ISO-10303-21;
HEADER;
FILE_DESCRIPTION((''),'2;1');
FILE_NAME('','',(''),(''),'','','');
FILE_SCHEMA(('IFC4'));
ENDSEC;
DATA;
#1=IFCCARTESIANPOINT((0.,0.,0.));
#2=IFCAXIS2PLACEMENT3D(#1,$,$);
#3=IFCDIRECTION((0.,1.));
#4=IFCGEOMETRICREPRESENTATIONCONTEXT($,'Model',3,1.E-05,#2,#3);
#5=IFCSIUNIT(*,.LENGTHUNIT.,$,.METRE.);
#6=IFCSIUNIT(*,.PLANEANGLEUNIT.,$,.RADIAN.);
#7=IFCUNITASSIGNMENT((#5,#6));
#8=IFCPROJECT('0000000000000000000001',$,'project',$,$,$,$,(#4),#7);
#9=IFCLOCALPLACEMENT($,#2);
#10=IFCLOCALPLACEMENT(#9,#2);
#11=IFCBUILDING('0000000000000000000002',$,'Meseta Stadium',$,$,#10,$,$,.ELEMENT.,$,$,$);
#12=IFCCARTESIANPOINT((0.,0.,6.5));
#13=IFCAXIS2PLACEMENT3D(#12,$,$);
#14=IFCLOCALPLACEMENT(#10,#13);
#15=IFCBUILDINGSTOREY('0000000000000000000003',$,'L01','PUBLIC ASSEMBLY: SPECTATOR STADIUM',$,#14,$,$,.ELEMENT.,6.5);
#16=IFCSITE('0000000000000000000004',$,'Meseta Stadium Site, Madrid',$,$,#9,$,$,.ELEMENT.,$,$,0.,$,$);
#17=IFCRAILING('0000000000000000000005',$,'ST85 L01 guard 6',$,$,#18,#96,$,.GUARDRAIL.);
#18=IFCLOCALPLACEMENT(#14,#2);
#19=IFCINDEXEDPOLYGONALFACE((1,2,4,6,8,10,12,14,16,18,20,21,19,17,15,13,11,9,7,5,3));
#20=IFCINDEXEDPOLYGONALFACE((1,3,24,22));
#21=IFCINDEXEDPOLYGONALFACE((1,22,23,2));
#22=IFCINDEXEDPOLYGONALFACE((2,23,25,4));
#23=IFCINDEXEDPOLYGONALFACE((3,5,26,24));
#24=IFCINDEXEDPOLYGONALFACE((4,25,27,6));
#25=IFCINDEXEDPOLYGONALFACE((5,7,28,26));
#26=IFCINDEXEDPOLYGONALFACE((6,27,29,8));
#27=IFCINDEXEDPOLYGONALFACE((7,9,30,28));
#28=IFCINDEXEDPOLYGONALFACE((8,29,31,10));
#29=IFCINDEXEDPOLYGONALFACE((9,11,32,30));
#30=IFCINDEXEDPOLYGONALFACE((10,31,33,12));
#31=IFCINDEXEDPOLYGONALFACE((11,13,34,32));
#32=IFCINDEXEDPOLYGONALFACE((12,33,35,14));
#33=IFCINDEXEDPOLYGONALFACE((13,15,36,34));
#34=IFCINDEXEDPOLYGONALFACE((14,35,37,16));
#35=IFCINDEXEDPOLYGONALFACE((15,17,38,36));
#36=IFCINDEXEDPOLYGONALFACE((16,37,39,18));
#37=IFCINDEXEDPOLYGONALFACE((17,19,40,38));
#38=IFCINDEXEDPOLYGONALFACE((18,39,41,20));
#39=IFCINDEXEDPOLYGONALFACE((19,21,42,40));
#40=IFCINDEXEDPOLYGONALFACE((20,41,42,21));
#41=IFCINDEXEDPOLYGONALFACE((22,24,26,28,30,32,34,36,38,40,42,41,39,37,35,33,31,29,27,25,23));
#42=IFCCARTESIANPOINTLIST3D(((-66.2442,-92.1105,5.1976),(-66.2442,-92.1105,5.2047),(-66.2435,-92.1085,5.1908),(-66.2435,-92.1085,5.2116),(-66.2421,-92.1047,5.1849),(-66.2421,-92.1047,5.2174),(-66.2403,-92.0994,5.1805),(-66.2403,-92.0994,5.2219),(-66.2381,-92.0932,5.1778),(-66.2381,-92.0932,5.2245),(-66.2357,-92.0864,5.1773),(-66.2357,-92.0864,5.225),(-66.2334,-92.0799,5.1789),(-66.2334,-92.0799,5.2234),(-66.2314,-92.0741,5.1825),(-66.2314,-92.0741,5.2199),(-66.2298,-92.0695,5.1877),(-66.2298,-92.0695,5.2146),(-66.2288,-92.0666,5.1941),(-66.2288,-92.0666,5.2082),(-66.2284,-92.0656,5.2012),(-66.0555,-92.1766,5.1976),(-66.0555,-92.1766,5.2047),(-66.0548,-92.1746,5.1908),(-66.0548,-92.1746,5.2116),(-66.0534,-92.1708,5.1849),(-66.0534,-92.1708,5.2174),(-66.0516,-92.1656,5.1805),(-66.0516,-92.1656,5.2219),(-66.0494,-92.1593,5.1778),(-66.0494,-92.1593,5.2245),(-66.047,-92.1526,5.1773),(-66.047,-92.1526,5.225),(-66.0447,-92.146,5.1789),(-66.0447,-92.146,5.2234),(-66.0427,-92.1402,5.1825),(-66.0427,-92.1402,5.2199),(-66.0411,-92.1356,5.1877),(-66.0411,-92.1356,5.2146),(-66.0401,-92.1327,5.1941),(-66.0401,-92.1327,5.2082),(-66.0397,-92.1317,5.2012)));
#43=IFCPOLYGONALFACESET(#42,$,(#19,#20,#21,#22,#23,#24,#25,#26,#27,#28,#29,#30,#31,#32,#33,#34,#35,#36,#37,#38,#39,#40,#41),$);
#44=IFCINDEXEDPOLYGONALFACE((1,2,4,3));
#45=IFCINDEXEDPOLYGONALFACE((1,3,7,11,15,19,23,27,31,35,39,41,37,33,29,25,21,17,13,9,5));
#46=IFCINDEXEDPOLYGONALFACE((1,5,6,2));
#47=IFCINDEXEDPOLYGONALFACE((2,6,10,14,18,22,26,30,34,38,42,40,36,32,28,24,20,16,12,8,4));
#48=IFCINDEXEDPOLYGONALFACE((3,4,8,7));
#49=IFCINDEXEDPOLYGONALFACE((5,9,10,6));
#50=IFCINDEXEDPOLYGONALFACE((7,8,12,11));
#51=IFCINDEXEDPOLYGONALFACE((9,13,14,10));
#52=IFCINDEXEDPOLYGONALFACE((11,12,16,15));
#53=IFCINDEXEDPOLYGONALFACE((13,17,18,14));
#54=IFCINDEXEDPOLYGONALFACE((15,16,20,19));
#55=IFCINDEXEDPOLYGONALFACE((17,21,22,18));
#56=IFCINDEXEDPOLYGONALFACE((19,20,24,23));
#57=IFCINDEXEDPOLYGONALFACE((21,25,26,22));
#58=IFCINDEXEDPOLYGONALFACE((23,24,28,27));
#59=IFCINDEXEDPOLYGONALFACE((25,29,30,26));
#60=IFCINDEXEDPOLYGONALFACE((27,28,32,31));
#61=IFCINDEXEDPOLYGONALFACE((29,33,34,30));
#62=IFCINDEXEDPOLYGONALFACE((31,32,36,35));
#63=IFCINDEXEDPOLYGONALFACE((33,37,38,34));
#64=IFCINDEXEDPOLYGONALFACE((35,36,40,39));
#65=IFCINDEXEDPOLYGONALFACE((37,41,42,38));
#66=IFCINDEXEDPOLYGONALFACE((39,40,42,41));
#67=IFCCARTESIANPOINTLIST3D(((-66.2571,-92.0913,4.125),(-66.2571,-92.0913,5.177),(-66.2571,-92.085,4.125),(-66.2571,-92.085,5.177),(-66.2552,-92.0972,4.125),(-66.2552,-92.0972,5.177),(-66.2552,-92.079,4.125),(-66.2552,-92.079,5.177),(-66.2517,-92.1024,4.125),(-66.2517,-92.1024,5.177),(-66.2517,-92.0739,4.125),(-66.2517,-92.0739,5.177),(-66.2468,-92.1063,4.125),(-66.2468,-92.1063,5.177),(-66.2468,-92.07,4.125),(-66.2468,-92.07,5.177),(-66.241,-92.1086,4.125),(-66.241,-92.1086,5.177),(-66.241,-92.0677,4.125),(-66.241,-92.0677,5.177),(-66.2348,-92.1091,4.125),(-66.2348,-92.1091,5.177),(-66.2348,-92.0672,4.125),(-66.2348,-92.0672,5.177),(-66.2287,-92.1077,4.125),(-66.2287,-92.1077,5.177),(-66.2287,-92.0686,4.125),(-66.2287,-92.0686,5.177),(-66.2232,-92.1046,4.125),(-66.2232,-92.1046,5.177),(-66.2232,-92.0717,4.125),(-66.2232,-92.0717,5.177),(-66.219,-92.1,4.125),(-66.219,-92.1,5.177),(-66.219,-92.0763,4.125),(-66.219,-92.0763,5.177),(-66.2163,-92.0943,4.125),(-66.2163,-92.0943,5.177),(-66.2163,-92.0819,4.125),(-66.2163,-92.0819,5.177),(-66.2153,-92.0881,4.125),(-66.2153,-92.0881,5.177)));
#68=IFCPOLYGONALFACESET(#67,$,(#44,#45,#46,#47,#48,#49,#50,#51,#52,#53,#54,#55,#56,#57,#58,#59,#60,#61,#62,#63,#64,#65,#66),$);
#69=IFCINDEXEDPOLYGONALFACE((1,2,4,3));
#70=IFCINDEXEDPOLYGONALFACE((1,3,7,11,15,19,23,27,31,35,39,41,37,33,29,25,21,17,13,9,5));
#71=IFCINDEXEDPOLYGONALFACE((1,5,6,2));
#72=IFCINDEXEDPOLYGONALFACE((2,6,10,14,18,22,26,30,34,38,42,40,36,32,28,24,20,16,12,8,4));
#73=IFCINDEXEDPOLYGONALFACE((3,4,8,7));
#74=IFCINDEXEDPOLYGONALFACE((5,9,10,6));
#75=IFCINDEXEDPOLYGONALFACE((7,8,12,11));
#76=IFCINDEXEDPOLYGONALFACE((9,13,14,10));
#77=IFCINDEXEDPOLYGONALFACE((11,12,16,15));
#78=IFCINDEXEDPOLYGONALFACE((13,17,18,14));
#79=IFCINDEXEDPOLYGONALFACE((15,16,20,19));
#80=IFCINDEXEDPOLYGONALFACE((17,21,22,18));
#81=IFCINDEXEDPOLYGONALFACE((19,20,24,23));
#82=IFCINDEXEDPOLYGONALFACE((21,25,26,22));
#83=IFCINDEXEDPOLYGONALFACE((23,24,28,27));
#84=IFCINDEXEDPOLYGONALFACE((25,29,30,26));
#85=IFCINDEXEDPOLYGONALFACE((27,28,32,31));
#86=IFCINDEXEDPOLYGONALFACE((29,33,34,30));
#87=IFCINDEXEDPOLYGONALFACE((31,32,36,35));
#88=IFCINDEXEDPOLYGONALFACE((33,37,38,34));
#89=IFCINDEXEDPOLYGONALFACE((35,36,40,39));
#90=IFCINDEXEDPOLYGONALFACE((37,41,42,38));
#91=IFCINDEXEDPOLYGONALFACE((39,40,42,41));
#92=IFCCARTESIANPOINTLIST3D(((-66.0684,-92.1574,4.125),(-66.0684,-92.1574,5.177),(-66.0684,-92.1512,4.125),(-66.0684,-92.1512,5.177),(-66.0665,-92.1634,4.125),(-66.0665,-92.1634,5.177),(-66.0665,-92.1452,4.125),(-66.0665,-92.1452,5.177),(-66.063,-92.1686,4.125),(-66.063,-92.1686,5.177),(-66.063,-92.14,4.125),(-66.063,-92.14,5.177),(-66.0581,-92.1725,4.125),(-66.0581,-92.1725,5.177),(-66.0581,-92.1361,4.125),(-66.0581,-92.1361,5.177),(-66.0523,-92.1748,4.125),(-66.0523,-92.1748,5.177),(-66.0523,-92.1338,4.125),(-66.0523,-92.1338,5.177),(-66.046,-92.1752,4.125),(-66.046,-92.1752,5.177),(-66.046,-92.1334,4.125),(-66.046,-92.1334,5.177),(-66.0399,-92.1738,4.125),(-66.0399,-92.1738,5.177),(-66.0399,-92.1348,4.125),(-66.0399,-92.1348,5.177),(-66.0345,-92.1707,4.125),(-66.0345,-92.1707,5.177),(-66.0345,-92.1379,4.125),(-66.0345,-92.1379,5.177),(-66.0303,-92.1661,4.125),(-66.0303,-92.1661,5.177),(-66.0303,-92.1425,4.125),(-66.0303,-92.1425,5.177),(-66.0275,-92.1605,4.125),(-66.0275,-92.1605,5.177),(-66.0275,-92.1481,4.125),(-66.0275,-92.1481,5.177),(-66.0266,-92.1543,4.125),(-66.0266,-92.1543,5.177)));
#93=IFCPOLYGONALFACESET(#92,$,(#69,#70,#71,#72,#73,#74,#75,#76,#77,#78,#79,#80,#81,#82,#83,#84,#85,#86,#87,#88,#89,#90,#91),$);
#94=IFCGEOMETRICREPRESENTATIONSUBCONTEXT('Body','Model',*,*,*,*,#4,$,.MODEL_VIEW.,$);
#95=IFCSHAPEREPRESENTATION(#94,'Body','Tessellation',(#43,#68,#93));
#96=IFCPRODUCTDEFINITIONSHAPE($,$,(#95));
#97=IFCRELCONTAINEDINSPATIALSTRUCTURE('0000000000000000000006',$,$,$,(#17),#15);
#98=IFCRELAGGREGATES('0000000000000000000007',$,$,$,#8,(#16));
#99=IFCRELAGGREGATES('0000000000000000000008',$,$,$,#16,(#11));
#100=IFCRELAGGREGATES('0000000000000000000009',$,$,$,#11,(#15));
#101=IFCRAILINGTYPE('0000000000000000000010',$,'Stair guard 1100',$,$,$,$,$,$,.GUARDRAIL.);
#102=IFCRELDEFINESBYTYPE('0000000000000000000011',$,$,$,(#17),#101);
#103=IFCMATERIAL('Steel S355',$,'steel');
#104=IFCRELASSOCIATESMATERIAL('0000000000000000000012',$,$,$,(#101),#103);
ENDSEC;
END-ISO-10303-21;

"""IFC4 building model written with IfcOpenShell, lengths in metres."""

from ifc_helpers import new_model, si_unit, direction, frame, origin, origin_2d, place, context, subcontext, project, spatial, circle, extrude, material, type_object, element, save


model = new_model("IFC4")

# Units and contexts
model_context = context("Model", 3, precision=1e-05, world=origin(), true_north=direction((0.0, 1.0)))
body_context = subcontext(model_context, "Body", "Model", "MODEL_VIEW")
ifc_project = project(units=[si_unit("LENGTHUNIT", "METRE"), si_unit("PLANEANGLEUNIT", "RADIAN")], contexts=[model_context])

# Site, building, storey
site_placement = place(None, origin())
site = spatial("IfcSite", under=ifc_project, at=site_placement, Name="Meseta Stadium Site, Madrid", CompositionType="ELEMENT", RefElevation=0.0)
building_placement = place(site_placement, origin())
building = spatial("IfcBuilding", under=site, at=building_placement, Name="Meseta Stadium", CompositionType="ELEMENT")
storey_placement = place(building_placement, frame((0.0, 0.0, 6.5)))
storey = spatial("IfcBuildingStorey", under=building, at=storey_placement, Name="L01", Description="PUBLIC ASSEMBLY: SPECTATOR STADIUM", CompositionType="ELEMENT", Elevation=6.5)

# Railing
ifc_material_1 = material(Name="Steel S355", Category="steel")
railing_type_1 = type_object("IfcRailingType", Name="Stair guard 1100", PredefinedType="GUARDRAIL", material=ifc_material_1)
railing_1_placement = place(storey_placement, frame((-66.2363, -92.0881, 4.125)))
element("IfcRailing", 1, at=railing_1_placement, inside=storey, type_object=railing_type_1, Name="ST85 L01 guard 6", PredefinedType="GUARDRAIL", context=body_context, shape_type="SweptSolid", body=[
    extrude(circle(Radius=0.0239, at=origin_2d()), frame((0.0, 0.0, 1.0762), z_axis=(0.943687, -0.33084, 0.0), x_axis=(0.33084, 0.943687, 0.0)), (0.0, 0.0, 1.0), 0.2),
    extrude(circle(Radius=0.021, at=origin_2d()), origin(), (0.0, 0.0, 1.0), 1.052),
    extrude(circle(Radius=0.021, at=origin_2d()), frame((0.1887, -0.0662, 0.0)), (0.0, 0.0, 1.0), 1.052),
])

save(model, "model.ifc")
